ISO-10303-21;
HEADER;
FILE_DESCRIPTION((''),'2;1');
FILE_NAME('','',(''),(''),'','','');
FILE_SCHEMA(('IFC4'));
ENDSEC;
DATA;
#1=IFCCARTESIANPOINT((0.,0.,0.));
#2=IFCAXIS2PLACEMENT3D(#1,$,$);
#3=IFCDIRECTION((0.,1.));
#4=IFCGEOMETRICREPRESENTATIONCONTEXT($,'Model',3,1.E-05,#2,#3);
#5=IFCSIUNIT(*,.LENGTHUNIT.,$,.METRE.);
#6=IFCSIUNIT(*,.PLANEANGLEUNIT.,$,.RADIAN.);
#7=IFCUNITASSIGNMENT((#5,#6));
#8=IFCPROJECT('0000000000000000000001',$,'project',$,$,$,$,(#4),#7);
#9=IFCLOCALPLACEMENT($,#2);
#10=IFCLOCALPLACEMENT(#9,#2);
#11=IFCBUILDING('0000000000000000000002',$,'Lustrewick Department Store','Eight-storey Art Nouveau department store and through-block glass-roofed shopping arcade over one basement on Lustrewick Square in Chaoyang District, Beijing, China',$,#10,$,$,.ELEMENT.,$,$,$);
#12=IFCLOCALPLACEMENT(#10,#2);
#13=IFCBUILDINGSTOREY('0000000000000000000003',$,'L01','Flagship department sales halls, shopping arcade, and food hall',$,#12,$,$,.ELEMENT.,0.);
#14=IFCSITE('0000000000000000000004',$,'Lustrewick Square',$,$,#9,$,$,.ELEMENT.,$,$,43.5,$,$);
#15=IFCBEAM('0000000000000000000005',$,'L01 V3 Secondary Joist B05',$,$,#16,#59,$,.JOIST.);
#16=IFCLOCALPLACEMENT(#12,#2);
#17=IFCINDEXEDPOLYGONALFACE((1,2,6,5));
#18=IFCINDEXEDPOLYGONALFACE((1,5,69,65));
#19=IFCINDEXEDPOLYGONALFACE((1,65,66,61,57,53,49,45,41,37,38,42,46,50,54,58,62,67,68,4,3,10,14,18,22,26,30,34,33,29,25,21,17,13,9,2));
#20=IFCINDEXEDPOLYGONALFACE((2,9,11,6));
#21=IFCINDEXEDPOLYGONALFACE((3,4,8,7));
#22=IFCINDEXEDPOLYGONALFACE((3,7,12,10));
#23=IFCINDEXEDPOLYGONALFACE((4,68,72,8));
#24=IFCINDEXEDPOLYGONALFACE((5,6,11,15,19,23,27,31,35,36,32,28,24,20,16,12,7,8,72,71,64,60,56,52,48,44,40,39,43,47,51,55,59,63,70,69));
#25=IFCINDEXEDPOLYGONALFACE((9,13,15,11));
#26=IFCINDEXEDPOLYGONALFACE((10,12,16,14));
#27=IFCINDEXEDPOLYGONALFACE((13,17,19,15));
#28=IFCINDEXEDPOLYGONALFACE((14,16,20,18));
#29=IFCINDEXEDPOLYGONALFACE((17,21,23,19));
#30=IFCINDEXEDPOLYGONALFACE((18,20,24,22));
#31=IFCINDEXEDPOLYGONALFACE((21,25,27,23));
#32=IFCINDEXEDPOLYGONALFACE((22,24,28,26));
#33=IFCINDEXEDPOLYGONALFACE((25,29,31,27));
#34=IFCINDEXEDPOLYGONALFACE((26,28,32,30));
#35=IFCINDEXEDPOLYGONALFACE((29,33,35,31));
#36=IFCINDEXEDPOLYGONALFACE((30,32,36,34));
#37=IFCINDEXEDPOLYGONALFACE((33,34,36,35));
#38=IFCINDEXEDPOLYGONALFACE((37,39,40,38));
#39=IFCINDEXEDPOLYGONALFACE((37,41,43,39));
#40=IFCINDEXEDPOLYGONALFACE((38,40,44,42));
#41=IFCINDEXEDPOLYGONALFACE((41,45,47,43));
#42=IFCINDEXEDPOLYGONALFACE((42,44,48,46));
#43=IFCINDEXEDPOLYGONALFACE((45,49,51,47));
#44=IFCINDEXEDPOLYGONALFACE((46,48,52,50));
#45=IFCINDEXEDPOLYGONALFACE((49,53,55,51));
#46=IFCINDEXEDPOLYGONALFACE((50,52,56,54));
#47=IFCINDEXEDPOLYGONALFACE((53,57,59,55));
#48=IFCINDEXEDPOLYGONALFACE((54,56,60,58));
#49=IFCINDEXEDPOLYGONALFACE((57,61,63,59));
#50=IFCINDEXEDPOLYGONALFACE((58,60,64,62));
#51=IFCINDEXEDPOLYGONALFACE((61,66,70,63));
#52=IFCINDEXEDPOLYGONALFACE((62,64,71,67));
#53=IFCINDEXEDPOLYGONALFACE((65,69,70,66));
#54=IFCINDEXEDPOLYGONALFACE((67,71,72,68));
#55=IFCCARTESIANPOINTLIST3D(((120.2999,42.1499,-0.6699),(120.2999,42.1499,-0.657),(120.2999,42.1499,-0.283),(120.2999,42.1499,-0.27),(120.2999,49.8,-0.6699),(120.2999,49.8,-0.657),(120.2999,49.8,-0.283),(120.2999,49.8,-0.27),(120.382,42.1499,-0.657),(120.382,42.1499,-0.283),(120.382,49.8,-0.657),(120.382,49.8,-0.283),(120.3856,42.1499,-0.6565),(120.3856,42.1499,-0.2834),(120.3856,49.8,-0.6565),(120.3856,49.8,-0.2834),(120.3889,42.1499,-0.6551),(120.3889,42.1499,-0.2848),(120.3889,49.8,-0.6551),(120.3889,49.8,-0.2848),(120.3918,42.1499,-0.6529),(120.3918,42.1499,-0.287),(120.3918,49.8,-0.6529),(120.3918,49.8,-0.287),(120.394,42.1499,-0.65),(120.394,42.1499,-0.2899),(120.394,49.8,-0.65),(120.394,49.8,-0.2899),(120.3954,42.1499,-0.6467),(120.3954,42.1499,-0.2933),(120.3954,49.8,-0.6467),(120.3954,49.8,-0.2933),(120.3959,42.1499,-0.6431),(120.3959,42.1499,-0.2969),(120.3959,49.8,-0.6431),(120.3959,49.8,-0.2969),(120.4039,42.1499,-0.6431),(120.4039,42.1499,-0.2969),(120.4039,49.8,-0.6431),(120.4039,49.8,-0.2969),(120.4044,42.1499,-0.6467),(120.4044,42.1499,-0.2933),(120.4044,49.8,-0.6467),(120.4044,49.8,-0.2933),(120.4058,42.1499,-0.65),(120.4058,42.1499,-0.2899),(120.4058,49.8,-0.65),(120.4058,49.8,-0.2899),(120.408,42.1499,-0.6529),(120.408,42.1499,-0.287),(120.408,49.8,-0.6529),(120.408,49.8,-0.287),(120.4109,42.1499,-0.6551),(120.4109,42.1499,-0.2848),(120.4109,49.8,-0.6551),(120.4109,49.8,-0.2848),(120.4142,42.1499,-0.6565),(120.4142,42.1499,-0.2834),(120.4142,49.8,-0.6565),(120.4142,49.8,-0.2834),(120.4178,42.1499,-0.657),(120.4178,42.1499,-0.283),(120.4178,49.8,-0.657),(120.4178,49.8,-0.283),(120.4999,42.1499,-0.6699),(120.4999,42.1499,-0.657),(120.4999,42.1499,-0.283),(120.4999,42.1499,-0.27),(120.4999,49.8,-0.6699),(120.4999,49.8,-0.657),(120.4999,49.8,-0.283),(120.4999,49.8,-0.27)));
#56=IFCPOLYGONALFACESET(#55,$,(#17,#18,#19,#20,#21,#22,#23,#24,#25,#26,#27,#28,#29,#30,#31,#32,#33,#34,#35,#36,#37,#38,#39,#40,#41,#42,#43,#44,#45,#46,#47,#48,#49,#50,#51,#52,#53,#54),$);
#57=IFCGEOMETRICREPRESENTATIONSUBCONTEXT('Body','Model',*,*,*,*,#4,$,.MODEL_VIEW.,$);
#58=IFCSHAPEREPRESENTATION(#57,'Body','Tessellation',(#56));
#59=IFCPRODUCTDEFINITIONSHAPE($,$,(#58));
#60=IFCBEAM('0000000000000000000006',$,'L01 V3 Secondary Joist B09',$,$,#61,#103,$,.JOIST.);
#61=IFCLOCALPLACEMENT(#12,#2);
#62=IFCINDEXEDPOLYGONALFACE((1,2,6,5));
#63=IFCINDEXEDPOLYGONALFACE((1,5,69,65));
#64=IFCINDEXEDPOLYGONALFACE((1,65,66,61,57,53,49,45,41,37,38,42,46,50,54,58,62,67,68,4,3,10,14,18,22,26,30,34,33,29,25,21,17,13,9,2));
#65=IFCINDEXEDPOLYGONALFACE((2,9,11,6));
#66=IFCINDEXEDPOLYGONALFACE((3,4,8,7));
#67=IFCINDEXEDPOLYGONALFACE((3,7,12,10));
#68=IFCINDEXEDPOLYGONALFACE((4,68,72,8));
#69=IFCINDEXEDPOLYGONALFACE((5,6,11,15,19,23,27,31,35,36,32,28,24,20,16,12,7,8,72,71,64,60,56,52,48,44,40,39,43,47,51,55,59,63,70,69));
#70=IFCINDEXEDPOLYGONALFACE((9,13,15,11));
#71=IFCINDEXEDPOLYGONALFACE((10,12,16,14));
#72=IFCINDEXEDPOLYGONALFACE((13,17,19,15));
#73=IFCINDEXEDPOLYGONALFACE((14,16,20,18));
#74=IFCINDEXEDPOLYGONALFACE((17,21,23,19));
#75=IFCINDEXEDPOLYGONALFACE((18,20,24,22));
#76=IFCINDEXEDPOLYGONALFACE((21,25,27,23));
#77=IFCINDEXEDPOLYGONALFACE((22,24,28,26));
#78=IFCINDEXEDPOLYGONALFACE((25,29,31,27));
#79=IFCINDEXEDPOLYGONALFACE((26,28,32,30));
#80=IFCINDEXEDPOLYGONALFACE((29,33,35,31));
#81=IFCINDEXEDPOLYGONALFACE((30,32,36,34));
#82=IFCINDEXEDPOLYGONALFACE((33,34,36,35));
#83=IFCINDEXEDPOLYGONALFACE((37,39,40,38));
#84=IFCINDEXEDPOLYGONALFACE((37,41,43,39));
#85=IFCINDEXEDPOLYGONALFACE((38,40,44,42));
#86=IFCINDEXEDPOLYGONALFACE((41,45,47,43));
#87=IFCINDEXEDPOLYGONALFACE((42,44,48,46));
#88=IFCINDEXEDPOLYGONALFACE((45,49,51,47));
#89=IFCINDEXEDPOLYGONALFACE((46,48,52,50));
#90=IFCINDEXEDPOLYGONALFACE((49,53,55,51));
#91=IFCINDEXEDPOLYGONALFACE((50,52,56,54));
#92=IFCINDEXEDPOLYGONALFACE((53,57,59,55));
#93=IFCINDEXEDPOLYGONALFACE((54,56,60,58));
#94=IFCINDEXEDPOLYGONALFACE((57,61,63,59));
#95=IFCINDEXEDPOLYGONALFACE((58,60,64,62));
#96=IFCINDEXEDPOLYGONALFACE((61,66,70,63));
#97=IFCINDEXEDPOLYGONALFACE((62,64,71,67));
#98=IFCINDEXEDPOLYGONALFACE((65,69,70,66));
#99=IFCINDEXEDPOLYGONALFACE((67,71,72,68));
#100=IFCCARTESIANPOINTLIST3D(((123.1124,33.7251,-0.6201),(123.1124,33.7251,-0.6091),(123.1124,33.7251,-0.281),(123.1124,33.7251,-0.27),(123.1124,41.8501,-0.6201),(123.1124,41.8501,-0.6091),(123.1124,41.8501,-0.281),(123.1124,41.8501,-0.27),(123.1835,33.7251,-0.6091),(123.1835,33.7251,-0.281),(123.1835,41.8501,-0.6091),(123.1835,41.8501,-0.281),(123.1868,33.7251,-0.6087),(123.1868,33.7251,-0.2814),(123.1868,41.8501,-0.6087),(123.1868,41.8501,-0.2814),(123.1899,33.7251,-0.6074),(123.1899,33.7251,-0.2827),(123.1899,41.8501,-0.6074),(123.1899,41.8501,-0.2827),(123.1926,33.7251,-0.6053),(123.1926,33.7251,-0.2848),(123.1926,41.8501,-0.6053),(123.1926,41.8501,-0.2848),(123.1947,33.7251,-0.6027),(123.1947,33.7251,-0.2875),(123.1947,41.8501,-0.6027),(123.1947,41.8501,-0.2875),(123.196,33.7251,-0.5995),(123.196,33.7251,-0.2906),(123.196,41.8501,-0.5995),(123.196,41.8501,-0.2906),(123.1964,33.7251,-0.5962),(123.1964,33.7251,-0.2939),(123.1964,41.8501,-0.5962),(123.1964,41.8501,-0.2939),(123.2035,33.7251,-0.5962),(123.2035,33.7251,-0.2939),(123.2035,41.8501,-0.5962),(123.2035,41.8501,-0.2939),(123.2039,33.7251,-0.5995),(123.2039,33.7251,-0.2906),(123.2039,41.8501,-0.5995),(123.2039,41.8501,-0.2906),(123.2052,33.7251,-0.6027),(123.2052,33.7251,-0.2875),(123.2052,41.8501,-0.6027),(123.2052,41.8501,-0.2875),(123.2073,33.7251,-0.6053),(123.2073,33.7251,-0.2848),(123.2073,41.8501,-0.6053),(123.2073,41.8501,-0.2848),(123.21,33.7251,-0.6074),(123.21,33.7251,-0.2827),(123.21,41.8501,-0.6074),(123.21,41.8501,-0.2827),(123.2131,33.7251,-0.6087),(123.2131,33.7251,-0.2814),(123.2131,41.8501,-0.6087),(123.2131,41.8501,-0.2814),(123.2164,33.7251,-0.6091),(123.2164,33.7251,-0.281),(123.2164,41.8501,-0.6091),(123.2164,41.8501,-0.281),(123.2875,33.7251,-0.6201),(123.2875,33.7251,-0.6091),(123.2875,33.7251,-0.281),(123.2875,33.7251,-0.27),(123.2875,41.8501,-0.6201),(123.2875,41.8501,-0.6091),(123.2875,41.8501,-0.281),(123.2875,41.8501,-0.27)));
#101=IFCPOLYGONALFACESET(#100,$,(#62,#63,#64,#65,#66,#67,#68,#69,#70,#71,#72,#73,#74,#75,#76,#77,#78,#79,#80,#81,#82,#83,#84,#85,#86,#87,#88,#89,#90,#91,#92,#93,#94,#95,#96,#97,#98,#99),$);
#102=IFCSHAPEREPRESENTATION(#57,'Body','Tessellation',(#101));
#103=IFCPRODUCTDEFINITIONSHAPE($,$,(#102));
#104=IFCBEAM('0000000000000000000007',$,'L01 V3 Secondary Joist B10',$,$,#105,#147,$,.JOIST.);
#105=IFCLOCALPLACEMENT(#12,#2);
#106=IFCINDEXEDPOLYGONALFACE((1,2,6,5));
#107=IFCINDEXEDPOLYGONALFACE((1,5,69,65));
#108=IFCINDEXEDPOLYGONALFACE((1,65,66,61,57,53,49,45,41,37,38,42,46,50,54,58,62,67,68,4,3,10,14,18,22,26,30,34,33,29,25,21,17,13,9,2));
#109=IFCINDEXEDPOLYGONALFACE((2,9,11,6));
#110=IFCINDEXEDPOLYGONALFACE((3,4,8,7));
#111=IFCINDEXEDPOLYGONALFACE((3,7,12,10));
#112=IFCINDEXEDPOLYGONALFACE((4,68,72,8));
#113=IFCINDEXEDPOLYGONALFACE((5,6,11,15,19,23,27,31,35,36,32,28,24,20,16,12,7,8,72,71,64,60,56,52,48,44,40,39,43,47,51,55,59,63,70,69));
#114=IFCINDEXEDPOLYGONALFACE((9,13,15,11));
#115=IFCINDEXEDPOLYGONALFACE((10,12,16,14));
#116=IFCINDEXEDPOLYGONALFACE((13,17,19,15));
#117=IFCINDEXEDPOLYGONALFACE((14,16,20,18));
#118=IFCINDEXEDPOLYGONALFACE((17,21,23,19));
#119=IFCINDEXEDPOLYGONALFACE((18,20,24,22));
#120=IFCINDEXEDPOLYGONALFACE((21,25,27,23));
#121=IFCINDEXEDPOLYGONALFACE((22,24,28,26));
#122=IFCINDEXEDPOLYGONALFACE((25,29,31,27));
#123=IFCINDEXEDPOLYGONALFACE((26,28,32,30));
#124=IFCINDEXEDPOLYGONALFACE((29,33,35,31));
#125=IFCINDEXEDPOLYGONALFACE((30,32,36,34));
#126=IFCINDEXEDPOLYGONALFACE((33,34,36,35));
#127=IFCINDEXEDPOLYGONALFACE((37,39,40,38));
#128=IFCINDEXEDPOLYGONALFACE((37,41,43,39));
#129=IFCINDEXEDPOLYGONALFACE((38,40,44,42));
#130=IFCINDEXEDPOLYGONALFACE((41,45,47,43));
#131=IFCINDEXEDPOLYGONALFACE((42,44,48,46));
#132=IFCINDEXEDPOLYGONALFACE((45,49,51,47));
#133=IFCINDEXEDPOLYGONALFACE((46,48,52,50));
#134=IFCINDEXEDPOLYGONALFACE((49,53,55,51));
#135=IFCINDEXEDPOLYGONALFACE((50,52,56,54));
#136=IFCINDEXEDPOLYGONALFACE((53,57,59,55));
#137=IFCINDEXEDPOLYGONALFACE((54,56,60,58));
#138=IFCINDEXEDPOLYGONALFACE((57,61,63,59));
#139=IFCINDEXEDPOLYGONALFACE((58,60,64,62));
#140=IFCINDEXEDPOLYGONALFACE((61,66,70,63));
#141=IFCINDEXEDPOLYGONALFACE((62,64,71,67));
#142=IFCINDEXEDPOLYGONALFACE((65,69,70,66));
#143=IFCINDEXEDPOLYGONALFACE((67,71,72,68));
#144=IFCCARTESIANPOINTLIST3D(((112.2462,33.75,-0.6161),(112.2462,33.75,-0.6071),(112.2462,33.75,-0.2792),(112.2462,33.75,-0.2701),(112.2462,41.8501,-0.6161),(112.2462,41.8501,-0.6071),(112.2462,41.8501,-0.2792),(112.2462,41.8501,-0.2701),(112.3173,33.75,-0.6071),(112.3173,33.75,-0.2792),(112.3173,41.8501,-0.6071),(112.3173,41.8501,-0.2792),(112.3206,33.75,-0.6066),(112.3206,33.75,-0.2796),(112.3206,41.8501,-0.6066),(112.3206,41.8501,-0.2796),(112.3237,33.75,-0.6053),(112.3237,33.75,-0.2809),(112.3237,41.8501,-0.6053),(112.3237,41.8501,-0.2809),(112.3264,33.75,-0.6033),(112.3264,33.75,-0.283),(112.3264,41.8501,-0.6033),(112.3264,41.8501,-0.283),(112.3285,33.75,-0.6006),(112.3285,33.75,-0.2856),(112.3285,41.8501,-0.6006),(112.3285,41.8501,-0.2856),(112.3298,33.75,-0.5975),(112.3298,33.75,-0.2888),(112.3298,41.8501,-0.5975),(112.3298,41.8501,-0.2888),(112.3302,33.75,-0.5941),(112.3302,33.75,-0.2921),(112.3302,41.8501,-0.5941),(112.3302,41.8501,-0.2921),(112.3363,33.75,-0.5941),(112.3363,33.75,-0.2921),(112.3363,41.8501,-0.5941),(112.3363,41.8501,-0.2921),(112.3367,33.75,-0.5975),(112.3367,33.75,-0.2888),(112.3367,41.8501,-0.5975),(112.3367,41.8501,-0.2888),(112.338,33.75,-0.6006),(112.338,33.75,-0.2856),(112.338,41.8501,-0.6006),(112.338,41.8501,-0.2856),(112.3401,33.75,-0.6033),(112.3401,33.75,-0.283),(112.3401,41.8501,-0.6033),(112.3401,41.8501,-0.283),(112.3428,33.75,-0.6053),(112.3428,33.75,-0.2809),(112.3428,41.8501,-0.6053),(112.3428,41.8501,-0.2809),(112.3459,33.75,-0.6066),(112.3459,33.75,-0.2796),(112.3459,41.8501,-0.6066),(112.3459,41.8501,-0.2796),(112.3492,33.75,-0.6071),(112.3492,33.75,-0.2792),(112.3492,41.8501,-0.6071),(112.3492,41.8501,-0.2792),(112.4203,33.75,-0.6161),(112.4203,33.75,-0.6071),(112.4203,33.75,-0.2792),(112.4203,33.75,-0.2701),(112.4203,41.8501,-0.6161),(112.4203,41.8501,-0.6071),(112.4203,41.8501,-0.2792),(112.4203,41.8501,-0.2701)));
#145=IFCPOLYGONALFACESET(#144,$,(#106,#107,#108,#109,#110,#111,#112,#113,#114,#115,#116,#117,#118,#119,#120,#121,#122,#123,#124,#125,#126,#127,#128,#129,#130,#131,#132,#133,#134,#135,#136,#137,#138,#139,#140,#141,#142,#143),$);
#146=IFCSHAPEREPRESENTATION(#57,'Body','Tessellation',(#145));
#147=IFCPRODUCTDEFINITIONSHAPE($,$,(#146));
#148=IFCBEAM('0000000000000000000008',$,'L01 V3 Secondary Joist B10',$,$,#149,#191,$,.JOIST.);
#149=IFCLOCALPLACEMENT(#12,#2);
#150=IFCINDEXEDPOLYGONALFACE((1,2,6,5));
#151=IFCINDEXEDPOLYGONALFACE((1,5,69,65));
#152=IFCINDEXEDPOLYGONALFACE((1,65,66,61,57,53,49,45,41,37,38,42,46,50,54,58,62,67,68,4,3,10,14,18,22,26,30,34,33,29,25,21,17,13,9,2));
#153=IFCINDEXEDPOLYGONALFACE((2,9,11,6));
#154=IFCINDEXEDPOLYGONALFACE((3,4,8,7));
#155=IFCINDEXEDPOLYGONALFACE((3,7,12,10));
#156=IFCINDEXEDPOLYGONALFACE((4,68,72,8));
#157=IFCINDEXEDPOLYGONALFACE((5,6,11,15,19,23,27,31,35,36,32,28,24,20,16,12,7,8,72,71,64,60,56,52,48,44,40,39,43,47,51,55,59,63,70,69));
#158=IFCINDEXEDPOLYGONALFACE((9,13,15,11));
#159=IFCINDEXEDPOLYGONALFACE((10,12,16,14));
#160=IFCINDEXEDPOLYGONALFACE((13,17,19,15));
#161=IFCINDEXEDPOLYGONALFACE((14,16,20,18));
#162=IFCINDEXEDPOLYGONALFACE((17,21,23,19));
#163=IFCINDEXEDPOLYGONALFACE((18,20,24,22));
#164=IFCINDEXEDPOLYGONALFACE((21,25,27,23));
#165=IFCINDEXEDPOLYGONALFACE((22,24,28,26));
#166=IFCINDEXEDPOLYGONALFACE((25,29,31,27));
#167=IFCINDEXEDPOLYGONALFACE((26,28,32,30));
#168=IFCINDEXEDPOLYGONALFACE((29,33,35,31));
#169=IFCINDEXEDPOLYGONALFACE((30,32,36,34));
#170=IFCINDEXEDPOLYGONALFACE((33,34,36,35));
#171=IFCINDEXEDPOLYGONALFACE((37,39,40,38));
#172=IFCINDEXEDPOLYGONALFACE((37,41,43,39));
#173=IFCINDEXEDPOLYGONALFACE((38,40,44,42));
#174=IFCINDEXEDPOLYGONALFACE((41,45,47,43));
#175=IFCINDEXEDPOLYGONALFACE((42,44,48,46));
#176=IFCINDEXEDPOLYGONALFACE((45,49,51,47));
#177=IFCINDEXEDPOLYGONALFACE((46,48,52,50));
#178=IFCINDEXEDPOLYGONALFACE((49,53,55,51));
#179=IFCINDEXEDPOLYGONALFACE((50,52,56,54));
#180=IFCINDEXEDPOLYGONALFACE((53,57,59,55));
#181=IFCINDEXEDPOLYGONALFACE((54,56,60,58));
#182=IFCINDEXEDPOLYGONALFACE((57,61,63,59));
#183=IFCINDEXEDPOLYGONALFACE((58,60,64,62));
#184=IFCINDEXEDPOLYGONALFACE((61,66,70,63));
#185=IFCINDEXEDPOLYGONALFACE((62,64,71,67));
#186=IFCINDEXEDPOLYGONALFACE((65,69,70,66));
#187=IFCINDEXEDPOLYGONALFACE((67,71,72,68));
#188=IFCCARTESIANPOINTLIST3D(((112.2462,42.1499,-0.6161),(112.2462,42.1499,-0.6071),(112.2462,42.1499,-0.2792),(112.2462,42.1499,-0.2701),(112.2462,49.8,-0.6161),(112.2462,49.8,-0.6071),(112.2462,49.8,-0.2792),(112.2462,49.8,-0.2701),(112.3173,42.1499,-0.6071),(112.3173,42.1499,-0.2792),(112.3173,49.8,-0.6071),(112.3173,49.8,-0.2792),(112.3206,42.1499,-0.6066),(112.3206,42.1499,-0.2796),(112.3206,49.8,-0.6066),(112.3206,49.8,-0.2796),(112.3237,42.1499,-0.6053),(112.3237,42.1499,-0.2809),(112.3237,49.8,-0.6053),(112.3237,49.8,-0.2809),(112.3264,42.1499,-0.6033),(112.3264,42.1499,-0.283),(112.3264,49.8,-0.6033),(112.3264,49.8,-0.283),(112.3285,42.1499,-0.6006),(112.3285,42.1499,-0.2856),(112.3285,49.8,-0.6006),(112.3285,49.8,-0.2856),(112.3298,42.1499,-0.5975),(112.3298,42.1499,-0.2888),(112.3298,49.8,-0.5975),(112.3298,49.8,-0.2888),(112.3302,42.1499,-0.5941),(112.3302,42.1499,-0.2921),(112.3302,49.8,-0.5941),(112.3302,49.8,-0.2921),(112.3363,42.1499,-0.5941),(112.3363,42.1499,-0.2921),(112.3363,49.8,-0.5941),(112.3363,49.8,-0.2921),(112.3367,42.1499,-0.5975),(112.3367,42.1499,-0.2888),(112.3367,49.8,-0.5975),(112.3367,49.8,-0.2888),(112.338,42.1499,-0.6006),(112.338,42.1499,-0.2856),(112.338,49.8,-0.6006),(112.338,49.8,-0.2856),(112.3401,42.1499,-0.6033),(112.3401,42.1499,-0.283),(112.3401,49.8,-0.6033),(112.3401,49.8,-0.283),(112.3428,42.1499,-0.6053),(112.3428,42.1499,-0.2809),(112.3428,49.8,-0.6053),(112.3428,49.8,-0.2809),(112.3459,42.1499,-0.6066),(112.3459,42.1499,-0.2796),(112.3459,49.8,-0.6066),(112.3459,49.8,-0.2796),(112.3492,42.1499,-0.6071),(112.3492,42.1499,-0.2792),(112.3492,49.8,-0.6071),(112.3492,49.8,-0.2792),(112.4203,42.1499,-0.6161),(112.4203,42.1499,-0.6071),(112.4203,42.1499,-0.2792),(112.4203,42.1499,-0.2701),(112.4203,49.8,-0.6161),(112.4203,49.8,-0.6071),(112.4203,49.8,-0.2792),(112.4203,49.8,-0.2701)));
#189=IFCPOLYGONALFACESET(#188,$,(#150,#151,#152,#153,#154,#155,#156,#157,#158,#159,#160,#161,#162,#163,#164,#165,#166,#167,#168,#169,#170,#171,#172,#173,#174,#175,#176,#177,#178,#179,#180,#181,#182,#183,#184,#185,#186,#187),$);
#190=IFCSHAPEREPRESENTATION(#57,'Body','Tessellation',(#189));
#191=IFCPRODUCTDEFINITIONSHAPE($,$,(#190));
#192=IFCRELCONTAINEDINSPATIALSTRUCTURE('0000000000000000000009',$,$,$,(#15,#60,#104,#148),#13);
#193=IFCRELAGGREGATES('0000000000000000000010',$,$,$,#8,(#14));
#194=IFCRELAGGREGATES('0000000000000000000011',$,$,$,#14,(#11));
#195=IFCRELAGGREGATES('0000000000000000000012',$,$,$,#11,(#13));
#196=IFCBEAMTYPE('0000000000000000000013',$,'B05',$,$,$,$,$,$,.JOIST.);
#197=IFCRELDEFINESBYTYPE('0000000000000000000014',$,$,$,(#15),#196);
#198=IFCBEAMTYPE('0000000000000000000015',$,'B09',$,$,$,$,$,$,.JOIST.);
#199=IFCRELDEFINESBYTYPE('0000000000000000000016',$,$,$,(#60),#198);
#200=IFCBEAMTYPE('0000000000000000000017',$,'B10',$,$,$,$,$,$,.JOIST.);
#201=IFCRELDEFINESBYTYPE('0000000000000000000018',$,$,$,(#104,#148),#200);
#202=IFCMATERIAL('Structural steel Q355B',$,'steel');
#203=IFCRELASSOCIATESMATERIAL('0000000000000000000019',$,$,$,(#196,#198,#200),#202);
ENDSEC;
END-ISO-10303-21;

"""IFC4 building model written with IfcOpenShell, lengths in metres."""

from ifc_helpers import new_model, si_unit, direction, frame, origin, origin_2d, place, context, subcontext, project, spatial, i_section, extrude, material, material_profile, profile_set, type_object, element, save


model = new_model("IFC4")

# Units and contexts
model_context = context("Model", 3, precision=1e-05, world=origin(), true_north=direction((0.0, 1.0)))
body_context = subcontext(model_context, "Body", "Model", "MODEL_VIEW")
ifc_project = project(units=[si_unit("LENGTHUNIT", "METRE"), si_unit("PLANEANGLEUNIT", "RADIAN")], contexts=[model_context])

# Site, building, storey
site_placement = place(None, origin())
site = spatial("IfcSite", under=ifc_project, at=site_placement, Name="Lustrewick Square", CompositionType="ELEMENT", RefElevation=43.5)
building_placement = place(site_placement, origin())
building = spatial("IfcBuilding", under=site, at=building_placement, Name="Lustrewick Department Store", Description="Eight-storey Art Nouveau department store and through-block glass-roofed shopping arcade over one basement on Lustrewick Square in Chaoyang District, Beijing, China", CompositionType="ELEMENT")
storey_placement = place(building_placement, origin())
storey = spatial("IfcBuildingStorey", under=building, at=storey_placement, Name="L01", Description="Flagship department sales halls, shopping arcade, and food hall", CompositionType="ELEMENT", Elevation=0.0)

# Shared definitions
ifc_material_1 = material(Name="Structural steel Q355B", Category="steel")

# Beams
ifc_material_profile_1 = material_profile(ifc_material_1, i_section(OverallWidth=0.2, OverallDepth=0.3999, WebThickness=0.0081, FlangeThickness=0.0129, FilletRadius=0.0139, at=origin_2d()), Name="HN 400x200x8x13")
ifc_profile_set_1 = profile_set([ifc_material_profile_1], Name="Structural steel Q355B")
beam_type_1 = type_object("IfcBeamType", Name="B05", PredefinedType="JOIST", material=ifc_profile_set_1)
beam_1_placement = place(storey_placement, frame((120.3999, 42.1499, -0.47), z_axis=(0.0, 1.0, 0.0), x_axis=(-1.0, 0.0, 0.0)))
element("IfcBeam", 1, at=beam_1_placement, inside=storey, type_object=beam_type_1, Name="L01 V3 Secondary Joist B05", PredefinedType="JOIST", context=body_context, shape_type="SweptSolid", body=[
    extrude(i_section(OverallWidth=0.2, OverallDepth=0.3999, WebThickness=0.0081, FlangeThickness=0.0129, FilletRadius=0.0139, at=origin_2d()), origin(), (0.0, 0.0, 1.0), 7.6501),
])
ifc_material_profile_2 = material_profile(ifc_material_1, i_section(OverallWidth=0.175, OverallDepth=0.3501, WebThickness=0.0071, FlangeThickness=0.011, FilletRadius=0.0129, at=origin_2d()), Name="HN 350x175x7x11")
ifc_profile_set_2 = profile_set([ifc_material_profile_2], Name="Structural steel Q355B")
beam_type_2 = type_object("IfcBeamType", Name="B09", PredefinedType="JOIST", material=ifc_profile_set_2)
beam_2_placement = place(storey_placement, frame((123.2, 33.7251, -0.4451), z_axis=(0.0, 1.0, 0.0), x_axis=(-1.0, 0.0, 0.0)))
element("IfcBeam", 2, at=beam_2_placement, inside=storey, type_object=beam_type_2, Name="L01 V3 Secondary Joist B09", PredefinedType="JOIST", context=body_context, shape_type="SweptSolid", body=[
    extrude(i_section(OverallWidth=0.175, OverallDepth=0.3501, WebThickness=0.0071, FlangeThickness=0.011, FilletRadius=0.0129, at=origin_2d()), origin(), (0.0, 0.0, 1.0), 8.125),
])
ifc_material_profile_3 = material_profile(ifc_material_1, i_section(OverallWidth=0.1741, OverallDepth=0.3459, WebThickness=0.0061, FlangeThickness=0.009, FilletRadius=0.0129, at=origin_2d()), Name="HN 346x174x6x9")
ifc_profile_set_3 = profile_set([ifc_material_profile_3], Name="Structural steel Q355B")
beam_type_3 = type_object("IfcBeamType", Name="B10", PredefinedType="JOIST", material=ifc_profile_set_3)
beam_3_placement = place(storey_placement, frame((112.3333, 33.75, -0.4431), z_axis=(0.0, 1.0, 0.0), x_axis=(-1.0, 0.0, 0.0)))
element("IfcBeam", 3, at=beam_3_placement, inside=storey, type_object=beam_type_3, Name="L01 V3 Secondary Joist B10", PredefinedType="JOIST", context=body_context, shape_type="SweptSolid", body=[
    extrude(i_section(OverallWidth=0.1741, OverallDepth=0.3459, WebThickness=0.0061, FlangeThickness=0.009, FilletRadius=0.0129, at=origin_2d()), origin(), (0.0, 0.0, 1.0), 8.1001),
])
beam_4_placement = place(storey_placement, frame((112.3333, 42.1499, -0.4431), z_axis=(0.0, 1.0, 0.0), x_axis=(-1.0, 0.0, 0.0)))
element("IfcBeam", 4, at=beam_4_placement, inside=storey, type_object=beam_type_3, Name="L01 V3 Secondary Joist B10", PredefinedType="JOIST", context=body_context, shape_type="SweptSolid", body=[
    extrude(i_section(OverallWidth=0.1741, OverallDepth=0.3459, WebThickness=0.0061, FlangeThickness=0.009, FilletRadius=0.0129, at=origin_2d()), origin(), (0.0, 0.0, 1.0), 7.6501),
])

save(model, "model.ifc")
